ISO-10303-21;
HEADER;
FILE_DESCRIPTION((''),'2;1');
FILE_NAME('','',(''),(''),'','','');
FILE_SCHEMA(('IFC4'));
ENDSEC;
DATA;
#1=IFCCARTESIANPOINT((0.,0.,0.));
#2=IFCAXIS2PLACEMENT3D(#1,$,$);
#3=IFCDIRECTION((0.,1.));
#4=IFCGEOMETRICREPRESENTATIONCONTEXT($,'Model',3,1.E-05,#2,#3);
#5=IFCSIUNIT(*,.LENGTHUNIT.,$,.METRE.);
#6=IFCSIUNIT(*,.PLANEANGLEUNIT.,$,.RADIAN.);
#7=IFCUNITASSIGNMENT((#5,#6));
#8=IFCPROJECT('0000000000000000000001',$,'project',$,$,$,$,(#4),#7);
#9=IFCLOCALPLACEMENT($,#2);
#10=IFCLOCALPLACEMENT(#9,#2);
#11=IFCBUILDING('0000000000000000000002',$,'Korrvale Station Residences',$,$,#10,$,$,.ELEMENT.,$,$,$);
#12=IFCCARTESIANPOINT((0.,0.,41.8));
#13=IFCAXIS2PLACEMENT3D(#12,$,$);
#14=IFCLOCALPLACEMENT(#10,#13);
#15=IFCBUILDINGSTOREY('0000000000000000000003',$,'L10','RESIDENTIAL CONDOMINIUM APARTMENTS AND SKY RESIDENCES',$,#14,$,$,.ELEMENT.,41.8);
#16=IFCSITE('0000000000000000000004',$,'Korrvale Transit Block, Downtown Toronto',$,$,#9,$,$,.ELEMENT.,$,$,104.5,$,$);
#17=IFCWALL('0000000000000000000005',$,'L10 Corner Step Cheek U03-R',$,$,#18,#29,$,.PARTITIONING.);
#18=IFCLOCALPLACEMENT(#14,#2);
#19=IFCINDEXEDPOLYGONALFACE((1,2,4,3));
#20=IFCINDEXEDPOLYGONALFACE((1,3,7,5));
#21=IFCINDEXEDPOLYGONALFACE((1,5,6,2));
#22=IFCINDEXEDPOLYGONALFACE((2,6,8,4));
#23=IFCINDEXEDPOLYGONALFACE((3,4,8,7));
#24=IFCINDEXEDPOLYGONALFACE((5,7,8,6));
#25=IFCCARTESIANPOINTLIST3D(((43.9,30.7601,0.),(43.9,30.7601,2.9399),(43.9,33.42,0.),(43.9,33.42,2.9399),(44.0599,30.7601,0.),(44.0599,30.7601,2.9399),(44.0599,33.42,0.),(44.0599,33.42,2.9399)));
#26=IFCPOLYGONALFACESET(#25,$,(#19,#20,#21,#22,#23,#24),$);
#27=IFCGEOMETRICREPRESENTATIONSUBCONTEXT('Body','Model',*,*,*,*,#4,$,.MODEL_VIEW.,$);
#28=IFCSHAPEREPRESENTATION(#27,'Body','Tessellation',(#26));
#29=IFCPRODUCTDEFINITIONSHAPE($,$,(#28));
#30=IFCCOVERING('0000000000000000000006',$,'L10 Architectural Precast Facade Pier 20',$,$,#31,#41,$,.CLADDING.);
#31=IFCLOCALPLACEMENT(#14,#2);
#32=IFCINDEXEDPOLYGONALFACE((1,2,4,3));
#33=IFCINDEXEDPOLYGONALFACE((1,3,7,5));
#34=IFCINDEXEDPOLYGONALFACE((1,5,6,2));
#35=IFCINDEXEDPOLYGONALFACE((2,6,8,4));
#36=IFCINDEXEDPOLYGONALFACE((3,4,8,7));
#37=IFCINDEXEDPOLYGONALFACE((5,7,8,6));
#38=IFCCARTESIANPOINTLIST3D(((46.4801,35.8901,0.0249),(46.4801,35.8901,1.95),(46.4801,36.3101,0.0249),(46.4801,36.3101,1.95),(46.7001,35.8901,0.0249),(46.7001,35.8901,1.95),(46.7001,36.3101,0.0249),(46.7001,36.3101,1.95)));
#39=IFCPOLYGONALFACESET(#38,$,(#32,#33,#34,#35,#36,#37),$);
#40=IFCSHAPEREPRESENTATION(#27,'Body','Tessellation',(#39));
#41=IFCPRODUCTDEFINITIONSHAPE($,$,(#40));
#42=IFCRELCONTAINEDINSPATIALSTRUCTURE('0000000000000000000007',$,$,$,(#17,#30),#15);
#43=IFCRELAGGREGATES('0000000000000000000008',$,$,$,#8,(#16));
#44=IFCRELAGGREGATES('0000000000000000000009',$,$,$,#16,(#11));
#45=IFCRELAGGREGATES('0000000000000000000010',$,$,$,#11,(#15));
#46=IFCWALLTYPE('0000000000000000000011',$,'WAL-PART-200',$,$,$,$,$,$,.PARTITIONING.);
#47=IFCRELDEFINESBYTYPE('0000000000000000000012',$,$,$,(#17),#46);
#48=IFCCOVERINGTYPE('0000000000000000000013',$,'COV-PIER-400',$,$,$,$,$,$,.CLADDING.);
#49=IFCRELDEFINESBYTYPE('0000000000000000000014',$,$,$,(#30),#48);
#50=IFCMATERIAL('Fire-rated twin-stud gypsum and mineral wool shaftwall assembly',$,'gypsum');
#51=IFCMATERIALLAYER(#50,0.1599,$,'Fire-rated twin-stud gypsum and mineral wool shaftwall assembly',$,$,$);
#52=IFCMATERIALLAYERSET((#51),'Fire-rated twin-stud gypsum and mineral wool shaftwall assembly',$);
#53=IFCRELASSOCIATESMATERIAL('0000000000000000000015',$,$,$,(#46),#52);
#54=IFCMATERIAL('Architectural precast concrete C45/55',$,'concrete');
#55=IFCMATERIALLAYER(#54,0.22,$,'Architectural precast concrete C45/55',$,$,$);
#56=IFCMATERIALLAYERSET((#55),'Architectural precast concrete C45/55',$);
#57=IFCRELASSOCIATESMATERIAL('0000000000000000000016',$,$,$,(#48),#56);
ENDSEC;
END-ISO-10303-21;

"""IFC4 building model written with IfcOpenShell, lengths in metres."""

from ifc_helpers import new_model, si_unit, direction, frame, frame_2d, origin, origin_2d, place, context, subcontext, project, spatial, rectangle, extrude, material, layer, layer_set, type_object, element, save


model = new_model("IFC4")

# Units and contexts
model_context = context("Model", 3, precision=1e-05, world=origin(), true_north=direction((0.0, 1.0)))
body_context = subcontext(model_context, "Body", "Model", "MODEL_VIEW")
ifc_project = project(units=[si_unit("LENGTHUNIT", "METRE"), si_unit("PLANEANGLEUNIT", "RADIAN")], contexts=[model_context])

# Site, building, storey
site_placement = place(None, origin())
site = spatial("IfcSite", under=ifc_project, at=site_placement, Name="Korrvale Transit Block, Downtown Toronto", CompositionType="ELEMENT", RefElevation=104.5)
building_placement = place(site_placement, origin())
building = spatial("IfcBuilding", under=site, at=building_placement, Name="Korrvale Station Residences", CompositionType="ELEMENT")
storey_placement = place(building_placement, frame((0.0, 0.0, 41.8)))
storey = spatial("IfcBuildingStorey", under=building, at=storey_placement, Name="L10", Description="RESIDENTIAL CONDOMINIUM APARTMENTS AND SKY RESIDENCES", CompositionType="ELEMENT", Elevation=41.8)

# Wall
ifc_material_1 = material(Name="Fire-rated twin-stud gypsum and mineral wool shaftwall assembly", Category="gypsum")
ifc_layer_1 = layer(ifc_material_1, 0.1599, Name="Fire-rated twin-stud gypsum and mineral wool shaftwall assembly")
ifc_layer_set_1 = layer_set([ifc_layer_1], Name="Fire-rated twin-stud gypsum and mineral wool shaftwall assembly")
wall_type_1 = type_object("IfcWallType", Name="WAL-PART-200", PredefinedType="PARTITIONING", material=ifc_layer_set_1)
wall_1_placement = place(storey_placement, frame((43.98, 30.76, 0.0), z_axis=(0.0, 0.0, 1.0), x_axis=(0.0, 1.0, 0.0)))
element("IfcWall", 1, at=wall_1_placement, inside=storey, type_object=wall_type_1, Name="L10 Corner Step Cheek U03-R", PredefinedType="PARTITIONING", context=body_context, shape_type="SweptSolid", body=[
    extrude(rectangle(XDim=2.6599, YDim=0.1599, at=frame_2d((1.3301, 0.0))), origin(), (0.0, 0.0, 1.0), 2.9399),
])

# Covering
ifc_material_2 = material(Name="Architectural precast concrete C45/55", Category="concrete")
ifc_layer_2 = layer(ifc_material_2, 0.22, Name="Architectural precast concrete C45/55")
ifc_layer_set_2 = layer_set([ifc_layer_2], Name="Architectural precast concrete C45/55")
covering_type = type_object("IfcCoveringType", Name="COV-PIER-400", PredefinedType="CLADDING", material=ifc_layer_set_2)
covering_placement = place(storey_placement, frame((46.5901, 36.1001, 0.0249), z_axis=(0.0, 0.0, 1.0), x_axis=(0.0, 1.0, 0.0)))
element("IfcCovering", 2, at=covering_placement, inside=storey, type_object=covering_type, Name="L10 Architectural Precast Facade Pier 20", PredefinedType="CLADDING", context=body_context, shape_type="SweptSolid", body=[
    extrude(rectangle(XDim=0.4199, YDim=0.22, at=origin_2d()), origin(), (0.0, 0.0, 1.0), 1.925),
])

save(model, "model.ifc")
